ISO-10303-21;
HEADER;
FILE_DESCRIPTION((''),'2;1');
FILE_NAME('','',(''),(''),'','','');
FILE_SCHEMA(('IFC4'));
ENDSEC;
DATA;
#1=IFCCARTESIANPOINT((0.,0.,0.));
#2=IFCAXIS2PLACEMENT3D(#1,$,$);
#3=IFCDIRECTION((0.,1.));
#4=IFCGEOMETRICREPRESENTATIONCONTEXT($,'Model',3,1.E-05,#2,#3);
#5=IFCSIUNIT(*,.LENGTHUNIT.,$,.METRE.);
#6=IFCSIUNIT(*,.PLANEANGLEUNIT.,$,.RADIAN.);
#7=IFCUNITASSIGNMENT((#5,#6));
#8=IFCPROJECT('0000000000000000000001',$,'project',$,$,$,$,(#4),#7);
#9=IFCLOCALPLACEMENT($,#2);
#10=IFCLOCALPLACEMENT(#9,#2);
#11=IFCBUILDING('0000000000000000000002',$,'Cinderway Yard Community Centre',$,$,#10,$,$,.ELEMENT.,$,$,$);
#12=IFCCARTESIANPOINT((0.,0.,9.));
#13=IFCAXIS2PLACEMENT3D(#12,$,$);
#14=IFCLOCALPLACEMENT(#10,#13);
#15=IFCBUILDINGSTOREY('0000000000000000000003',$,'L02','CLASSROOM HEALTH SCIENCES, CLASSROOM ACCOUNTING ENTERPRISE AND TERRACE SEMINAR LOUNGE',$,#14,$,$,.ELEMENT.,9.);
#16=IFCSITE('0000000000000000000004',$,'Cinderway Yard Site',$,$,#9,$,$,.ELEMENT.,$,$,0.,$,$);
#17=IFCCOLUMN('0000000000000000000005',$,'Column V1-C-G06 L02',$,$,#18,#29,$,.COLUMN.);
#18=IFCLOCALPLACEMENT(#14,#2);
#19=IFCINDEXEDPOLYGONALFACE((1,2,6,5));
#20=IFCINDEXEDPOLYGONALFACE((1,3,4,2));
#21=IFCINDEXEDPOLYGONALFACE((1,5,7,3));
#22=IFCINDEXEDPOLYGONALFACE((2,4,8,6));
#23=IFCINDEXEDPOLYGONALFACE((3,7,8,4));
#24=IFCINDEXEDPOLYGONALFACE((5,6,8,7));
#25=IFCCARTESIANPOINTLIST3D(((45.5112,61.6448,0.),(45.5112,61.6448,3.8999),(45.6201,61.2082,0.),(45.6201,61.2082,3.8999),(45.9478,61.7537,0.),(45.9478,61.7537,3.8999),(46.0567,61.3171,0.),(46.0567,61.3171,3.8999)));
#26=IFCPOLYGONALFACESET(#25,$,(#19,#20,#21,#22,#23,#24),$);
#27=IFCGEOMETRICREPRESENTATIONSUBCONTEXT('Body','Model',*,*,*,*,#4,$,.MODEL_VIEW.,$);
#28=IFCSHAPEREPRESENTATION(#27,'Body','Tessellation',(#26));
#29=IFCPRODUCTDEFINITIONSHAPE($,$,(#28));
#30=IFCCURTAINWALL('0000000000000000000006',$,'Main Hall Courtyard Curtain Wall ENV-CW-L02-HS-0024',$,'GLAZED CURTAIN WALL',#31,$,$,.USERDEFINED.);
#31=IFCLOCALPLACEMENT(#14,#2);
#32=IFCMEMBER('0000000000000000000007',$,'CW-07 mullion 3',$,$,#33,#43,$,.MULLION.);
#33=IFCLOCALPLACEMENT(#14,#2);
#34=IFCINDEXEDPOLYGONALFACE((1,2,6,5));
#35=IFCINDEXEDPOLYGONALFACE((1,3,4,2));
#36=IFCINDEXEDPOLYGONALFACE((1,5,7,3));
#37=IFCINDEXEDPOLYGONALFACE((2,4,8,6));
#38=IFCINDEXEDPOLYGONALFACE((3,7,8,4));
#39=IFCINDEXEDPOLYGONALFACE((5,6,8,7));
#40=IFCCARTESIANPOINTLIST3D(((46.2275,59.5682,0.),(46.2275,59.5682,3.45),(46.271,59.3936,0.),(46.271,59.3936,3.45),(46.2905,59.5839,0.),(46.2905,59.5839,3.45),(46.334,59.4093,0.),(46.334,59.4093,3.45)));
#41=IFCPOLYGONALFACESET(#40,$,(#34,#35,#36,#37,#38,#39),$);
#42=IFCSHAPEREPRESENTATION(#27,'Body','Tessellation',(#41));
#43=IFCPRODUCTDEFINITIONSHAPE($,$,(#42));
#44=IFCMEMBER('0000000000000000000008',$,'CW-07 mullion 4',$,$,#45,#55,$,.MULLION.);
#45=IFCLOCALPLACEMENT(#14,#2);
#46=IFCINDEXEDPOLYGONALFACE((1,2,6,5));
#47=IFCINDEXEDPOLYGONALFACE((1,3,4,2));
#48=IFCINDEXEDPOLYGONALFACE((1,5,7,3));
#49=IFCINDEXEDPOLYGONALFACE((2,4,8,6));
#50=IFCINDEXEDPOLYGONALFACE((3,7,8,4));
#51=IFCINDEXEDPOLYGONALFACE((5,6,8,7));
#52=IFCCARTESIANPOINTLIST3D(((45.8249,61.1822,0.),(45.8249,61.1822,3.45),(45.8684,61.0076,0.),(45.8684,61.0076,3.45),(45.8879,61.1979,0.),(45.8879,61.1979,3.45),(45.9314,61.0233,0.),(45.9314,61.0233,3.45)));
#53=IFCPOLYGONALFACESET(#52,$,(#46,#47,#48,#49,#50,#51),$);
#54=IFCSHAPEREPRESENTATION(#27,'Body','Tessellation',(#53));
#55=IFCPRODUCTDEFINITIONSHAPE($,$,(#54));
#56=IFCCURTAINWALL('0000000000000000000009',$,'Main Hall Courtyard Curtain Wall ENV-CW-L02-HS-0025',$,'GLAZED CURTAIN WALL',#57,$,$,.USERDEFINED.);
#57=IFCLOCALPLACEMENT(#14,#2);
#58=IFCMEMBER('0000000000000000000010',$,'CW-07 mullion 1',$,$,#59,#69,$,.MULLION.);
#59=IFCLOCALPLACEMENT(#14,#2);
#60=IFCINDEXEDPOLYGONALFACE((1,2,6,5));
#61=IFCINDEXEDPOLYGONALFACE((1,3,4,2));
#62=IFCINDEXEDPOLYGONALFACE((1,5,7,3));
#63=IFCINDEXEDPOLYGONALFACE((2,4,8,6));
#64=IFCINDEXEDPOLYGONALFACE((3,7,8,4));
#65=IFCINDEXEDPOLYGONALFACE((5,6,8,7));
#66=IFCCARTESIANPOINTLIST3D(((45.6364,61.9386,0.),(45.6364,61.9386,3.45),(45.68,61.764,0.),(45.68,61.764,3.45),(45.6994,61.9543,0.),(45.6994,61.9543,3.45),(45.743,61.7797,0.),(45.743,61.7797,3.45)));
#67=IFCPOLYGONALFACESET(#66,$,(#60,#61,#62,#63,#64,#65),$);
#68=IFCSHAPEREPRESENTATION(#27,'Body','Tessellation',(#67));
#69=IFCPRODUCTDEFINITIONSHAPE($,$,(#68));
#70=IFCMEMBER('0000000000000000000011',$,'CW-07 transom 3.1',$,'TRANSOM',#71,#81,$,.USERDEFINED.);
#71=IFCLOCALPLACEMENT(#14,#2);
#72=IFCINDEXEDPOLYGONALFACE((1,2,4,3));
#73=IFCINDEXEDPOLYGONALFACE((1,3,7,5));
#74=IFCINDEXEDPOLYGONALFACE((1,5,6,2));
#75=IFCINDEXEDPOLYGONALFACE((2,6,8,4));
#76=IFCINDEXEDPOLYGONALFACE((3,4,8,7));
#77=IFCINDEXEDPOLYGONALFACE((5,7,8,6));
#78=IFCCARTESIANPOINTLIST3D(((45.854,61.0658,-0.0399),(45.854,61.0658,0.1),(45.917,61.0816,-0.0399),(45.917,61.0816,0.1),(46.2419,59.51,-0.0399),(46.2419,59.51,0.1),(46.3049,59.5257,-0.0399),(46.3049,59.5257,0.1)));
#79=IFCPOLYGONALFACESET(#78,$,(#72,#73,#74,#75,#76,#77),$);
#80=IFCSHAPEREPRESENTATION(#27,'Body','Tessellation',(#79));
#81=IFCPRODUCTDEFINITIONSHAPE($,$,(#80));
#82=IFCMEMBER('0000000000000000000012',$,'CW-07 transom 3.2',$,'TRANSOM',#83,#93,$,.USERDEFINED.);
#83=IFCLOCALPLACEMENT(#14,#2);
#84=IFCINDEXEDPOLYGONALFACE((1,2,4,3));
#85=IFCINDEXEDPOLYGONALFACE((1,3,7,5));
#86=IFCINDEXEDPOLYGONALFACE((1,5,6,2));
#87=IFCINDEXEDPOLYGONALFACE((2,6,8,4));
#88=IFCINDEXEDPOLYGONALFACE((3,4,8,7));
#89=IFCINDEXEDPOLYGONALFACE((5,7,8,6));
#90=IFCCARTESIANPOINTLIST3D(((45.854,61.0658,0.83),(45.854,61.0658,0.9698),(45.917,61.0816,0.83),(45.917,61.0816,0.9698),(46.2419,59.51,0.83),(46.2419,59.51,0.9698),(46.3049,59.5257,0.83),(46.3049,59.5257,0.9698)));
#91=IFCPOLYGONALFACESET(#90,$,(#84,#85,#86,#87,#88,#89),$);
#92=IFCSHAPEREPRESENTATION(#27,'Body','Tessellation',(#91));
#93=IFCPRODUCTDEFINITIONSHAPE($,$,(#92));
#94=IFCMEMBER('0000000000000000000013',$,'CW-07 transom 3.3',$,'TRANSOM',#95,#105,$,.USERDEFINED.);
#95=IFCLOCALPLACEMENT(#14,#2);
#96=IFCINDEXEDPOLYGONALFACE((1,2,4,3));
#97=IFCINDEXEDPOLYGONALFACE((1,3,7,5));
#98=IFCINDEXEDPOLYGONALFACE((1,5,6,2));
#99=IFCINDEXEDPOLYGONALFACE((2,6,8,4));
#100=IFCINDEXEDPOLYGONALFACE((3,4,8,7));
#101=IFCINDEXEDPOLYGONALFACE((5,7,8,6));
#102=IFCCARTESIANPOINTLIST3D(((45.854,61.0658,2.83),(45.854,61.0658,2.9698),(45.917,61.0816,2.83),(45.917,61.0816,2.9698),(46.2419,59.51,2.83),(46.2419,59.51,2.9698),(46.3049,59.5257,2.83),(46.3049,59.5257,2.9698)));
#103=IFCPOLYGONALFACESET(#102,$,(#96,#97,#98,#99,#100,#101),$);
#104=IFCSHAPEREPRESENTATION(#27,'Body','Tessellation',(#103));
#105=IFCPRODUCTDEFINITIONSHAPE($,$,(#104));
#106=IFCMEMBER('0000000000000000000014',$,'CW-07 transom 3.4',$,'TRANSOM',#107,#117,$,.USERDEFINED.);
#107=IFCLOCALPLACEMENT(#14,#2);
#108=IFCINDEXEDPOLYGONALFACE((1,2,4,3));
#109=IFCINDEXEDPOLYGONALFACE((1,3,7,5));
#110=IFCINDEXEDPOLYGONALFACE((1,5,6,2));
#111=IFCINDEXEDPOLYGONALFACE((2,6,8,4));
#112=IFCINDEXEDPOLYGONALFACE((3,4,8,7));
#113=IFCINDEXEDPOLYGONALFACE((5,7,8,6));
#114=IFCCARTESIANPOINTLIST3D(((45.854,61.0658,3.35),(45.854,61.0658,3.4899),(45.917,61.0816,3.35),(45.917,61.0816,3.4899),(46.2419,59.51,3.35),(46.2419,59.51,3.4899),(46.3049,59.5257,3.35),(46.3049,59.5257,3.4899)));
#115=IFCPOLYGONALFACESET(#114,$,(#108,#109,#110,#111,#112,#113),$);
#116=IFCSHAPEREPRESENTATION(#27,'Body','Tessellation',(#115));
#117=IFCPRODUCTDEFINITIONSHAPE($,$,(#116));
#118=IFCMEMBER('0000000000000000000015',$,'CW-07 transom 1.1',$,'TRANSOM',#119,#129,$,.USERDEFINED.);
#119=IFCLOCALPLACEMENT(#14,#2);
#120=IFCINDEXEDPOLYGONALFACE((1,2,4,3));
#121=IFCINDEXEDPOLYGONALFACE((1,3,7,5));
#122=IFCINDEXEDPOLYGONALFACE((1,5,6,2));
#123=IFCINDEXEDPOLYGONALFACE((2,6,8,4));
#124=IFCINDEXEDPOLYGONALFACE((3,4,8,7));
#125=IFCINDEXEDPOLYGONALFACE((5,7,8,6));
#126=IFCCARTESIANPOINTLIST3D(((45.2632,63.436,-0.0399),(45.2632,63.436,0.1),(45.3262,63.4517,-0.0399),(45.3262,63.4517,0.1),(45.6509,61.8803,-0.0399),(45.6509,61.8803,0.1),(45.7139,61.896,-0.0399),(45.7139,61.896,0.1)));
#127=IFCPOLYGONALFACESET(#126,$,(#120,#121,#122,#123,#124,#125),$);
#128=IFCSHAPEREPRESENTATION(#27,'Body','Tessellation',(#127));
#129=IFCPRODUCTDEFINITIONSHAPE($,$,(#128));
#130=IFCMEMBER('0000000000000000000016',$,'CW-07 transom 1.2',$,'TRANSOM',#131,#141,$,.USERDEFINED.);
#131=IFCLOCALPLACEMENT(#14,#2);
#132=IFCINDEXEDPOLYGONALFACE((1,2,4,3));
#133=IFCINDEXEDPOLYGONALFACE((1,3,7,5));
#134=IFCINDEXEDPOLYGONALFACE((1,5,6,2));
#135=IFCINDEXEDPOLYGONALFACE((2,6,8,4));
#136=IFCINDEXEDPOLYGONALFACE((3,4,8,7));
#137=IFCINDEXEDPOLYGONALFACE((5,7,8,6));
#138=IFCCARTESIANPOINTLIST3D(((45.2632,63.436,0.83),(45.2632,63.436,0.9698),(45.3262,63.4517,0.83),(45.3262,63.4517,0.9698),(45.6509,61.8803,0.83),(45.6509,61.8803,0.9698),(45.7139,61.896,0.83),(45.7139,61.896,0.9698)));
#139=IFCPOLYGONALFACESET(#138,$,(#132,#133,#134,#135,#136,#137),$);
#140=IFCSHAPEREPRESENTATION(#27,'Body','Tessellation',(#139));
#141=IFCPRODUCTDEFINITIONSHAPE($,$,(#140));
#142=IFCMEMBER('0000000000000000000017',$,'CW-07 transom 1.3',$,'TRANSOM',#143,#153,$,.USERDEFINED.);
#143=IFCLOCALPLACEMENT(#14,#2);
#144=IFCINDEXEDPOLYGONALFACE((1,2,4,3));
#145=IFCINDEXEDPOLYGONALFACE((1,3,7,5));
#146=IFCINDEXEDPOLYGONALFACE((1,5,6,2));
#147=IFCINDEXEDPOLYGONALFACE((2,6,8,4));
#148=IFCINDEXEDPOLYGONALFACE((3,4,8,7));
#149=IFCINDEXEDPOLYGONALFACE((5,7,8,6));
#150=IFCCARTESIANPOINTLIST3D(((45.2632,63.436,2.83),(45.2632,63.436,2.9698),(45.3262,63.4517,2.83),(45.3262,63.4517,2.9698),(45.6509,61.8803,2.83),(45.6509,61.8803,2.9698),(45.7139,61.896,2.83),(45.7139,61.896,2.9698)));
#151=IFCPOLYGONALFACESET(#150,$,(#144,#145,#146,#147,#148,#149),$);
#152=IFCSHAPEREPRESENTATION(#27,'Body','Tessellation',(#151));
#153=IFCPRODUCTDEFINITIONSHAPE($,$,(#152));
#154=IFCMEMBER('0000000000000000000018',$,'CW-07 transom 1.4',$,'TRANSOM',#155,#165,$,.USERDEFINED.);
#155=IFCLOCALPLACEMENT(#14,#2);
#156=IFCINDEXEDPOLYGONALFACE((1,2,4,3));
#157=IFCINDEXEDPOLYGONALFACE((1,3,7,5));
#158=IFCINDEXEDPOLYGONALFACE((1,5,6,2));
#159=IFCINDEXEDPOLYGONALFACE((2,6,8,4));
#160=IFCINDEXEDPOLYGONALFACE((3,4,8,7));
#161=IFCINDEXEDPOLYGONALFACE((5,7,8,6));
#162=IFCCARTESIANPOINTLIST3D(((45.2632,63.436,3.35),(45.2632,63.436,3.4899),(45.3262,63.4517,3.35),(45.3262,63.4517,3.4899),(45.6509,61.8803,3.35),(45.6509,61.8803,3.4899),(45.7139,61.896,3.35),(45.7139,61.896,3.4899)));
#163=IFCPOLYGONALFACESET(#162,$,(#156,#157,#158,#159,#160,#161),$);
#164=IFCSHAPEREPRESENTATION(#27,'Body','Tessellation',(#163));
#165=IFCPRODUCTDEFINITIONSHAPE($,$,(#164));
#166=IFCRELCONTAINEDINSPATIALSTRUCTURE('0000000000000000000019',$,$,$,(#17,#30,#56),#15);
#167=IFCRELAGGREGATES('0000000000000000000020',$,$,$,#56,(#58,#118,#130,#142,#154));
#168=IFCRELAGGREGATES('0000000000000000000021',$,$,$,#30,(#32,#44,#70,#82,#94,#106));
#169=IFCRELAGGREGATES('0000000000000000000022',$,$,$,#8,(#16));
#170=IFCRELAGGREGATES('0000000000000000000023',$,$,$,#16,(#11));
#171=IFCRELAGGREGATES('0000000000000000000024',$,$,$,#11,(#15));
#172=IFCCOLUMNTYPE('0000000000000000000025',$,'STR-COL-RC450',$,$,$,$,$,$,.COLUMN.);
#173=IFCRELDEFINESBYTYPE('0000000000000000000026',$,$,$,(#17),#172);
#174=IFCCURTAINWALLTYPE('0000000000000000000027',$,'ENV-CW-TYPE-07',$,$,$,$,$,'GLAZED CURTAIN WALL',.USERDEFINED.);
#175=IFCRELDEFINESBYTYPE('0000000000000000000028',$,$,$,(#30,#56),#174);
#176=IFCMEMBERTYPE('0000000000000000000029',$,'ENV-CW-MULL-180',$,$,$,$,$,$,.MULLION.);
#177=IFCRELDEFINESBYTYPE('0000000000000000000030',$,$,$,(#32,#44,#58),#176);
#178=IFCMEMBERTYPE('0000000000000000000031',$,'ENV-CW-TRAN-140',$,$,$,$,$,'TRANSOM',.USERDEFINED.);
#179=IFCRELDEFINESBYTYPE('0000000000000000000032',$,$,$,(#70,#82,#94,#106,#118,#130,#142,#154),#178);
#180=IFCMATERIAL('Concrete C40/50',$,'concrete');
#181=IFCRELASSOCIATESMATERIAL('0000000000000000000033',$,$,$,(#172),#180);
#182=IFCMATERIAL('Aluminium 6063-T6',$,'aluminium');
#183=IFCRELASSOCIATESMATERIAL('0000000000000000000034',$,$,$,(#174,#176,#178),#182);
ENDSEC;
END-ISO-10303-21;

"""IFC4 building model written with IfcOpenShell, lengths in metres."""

from ifc_helpers import new_model, si_unit, direction, frame, origin, origin_2d, place, context, subcontext, project, spatial, rectangle, extrude, material, material_profile, profile_set, type_object, element, aggregate, save


model = new_model("IFC4")

# Units and contexts
model_context = context("Model", 3, precision=1e-05, world=origin(), true_north=direction((0.0, 1.0)))
body_context = subcontext(model_context, "Body", "Model", "MODEL_VIEW")
ifc_project = project(units=[si_unit("LENGTHUNIT", "METRE"), si_unit("PLANEANGLEUNIT", "RADIAN")], contexts=[model_context])

# Site, building, storey
site_placement = place(None, origin())
site = spatial("IfcSite", under=ifc_project, at=site_placement, Name="Cinderway Yard Site", CompositionType="ELEMENT", RefElevation=0.0)
building_placement = place(site_placement, origin())
building = spatial("IfcBuilding", under=site, at=building_placement, Name="Cinderway Yard Community Centre", CompositionType="ELEMENT")
storey_placement = place(building_placement, frame((0.0, 0.0, 9.0)))
storey = spatial("IfcBuildingStorey", under=building, at=storey_placement, Name="L02", Description="CLASSROOM HEALTH SCIENCES, CLASSROOM ACCOUNTING ENTERPRISE AND TERRACE SEMINAR LOUNGE", CompositionType="ELEMENT", Elevation=9.0)

# Column
ifc_material_1 = material(Name="Concrete C40/50", Category="concrete")
ifc_material_profile_1 = material_profile(ifc_material_1, rectangle(XDim=0.45, YDim=0.45, at=origin_2d()), Name="Concrete C40/50")
ifc_profile_set_1 = profile_set([ifc_material_profile_1], Name="Concrete C40/50")
column_type = type_object("IfcColumnType", Name="STR-COL-RC450", PredefinedType="COLUMN", material=ifc_profile_set_1)
column_placement = place(storey_placement, frame((45.7839, 61.481, 0.0), z_axis=(0.0, 0.0, 1.0), x_axis=(0.970296, 0.241922, 0.0)))
element("IfcColumn", 1, at=column_placement, inside=storey, type_object=column_type, Name="Column V1-C-G06 L02", PredefinedType="COLUMN", context=body_context, shape_type="SweptSolid", body=[
    extrude(rectangle(XDim=0.45, YDim=0.45, at=origin_2d()), origin(), (0.0, 0.0, 1.0), 3.8999),
])

# Curtain wall, members
ifc_material_2 = material(Name="Aluminium 6063-T6", Category="aluminium")
curtain_wall_type = type_object("IfcCurtainWallType", Name="ENV-CW-TYPE-07", ElementType="GLAZED CURTAIN WALL", PredefinedType="USERDEFINED", material=ifc_material_2)
curtain_wall_1_placement = place(storey_placement, origin())
curtain_wall_1 = element("IfcCurtainWall", 2, at=curtain_wall_1_placement, inside=storey, type_object=curtain_wall_type, Name="Main Hall Courtyard Curtain Wall ENV-CW-L02-HS-0024", ObjectType="GLAZED CURTAIN WALL", PredefinedType="USERDEFINED")
ifc_material_profile_2 = material_profile(ifc_material_2, rectangle(XDim=0.0649, YDim=0.1799, at=origin_2d()), Name="Aluminium 6063-T6")
ifc_profile_set_2 = profile_set([ifc_material_profile_2], Name="Aluminium 6063-T6")
member_type_1 = type_object("IfcMemberType", Name="ENV-CW-MULL-180", PredefinedType="MULLION", material=ifc_profile_set_2)
member_1_placement = place(storey_placement, frame((46.2808, 59.4888, 0.0), z_axis=(0.0, 0.0, 1.0), x_axis=(-0.970304, -0.241887, 0.0)))
member_1 = element("IfcMember", 3, at=member_1_placement, type_object=member_type_1, Name="CW-07 mullion 3", PredefinedType="MULLION", context=body_context, shape_type="SweptSolid", body=[
    extrude(rectangle(XDim=0.0649, YDim=0.1799, at=origin_2d()), origin(), (0.0, 0.0, 1.0), 3.45),
])
member_2_placement = place(storey_placement, frame((45.8782, 61.1028, 0.0), z_axis=(0.0, 0.0, 1.0), x_axis=(-0.970304, -0.241887, 0.0)))
member_2 = element("IfcMember", 4, at=member_2_placement, type_object=member_type_1, Name="CW-07 mullion 4", PredefinedType="MULLION", context=body_context, shape_type="SweptSolid", body=[
    extrude(rectangle(XDim=0.0649, YDim=0.1799, at=origin_2d()), origin(), (0.0, 0.0, 1.0), 3.45),
])

# Curtain wall, member
curtain_wall_2_placement = place(storey_placement, origin())
curtain_wall_2 = element("IfcCurtainWall", 5, at=curtain_wall_2_placement, inside=storey, type_object=curtain_wall_type, Name="Main Hall Courtyard Curtain Wall ENV-CW-L02-HS-0025", ObjectType="GLAZED CURTAIN WALL", PredefinedType="USERDEFINED")
member_3_placement = place(storey_placement, frame((45.6897, 61.8591, 0.0), z_axis=(0.0, 0.0, 1.0), x_axis=(-0.970293, -0.241933, 0.0)))
member_3 = element("IfcMember", 6, at=member_3_placement, type_object=member_type_1, Name="CW-07 mullion 1", PredefinedType="MULLION", context=body_context, shape_type="SweptSolid", body=[
    extrude(rectangle(XDim=0.0649, YDim=0.1799, at=origin_2d()), origin(), (0.0, 0.0, 1.0), 3.45),
])

# Members
ifc_material_profile_3 = material_profile(ifc_material_2, rectangle(XDim=0.0649, YDim=0.1399, at=origin_2d()), Name="Aluminium 6063-T6")
ifc_profile_set_3 = profile_set([ifc_material_profile_3], Name="Aluminium 6063-T6")
member_type_2 = type_object("IfcMemberType", Name="ENV-CW-TRAN-140", ElementType="TRANSOM", PredefinedType="USERDEFINED", material=ifc_profile_set_3)
member_4_placement = place(storey_placement, frame((46.2734, 59.5178, 0.03), z_axis=(-0.241927, 0.970295, 0.0), x_axis=(-0.970295, -0.241927, 0.0)))
member_4 = element("IfcMember", 7, at=member_4_placement, type_object=member_type_2, Name="CW-07 transom 3.1", ObjectType="TRANSOM", PredefinedType="USERDEFINED", context=body_context, shape_type="SweptSolid", body=[
    extrude(rectangle(XDim=0.0649, YDim=0.1399, at=origin_2d()), origin(), (0.0, 0.0, 1.0), 1.6035),
])
member_5_placement = place(storey_placement, frame((46.2734, 59.5178, 0.8999), z_axis=(-0.241927, 0.970295, 0.0), x_axis=(-0.970295, -0.241927, 0.0)))
member_5 = element("IfcMember", 8, at=member_5_placement, type_object=member_type_2, Name="CW-07 transom 3.2", ObjectType="TRANSOM", PredefinedType="USERDEFINED", context=body_context, shape_type="SweptSolid", body=[
    extrude(rectangle(XDim=0.0649, YDim=0.1399, at=origin_2d()), origin(), (0.0, 0.0, 1.0), 1.6035),
])
member_6_placement = place(storey_placement, frame((46.2734, 59.5178, 2.8999), z_axis=(-0.241927, 0.970295, 0.0), x_axis=(-0.970295, -0.241927, 0.0)))
member_6 = element("IfcMember", 9, at=member_6_placement, type_object=member_type_2, Name="CW-07 transom 3.3", ObjectType="TRANSOM", PredefinedType="USERDEFINED", context=body_context, shape_type="SweptSolid", body=[
    extrude(rectangle(XDim=0.0649, YDim=0.1399, at=origin_2d()), origin(), (0.0, 0.0, 1.0), 1.6035),
])
member_7_placement = place(storey_placement, frame((46.2734, 59.5178, 3.4199), z_axis=(-0.241927, 0.970295, 0.0), x_axis=(-0.970295, -0.241927, 0.0)))
member_7 = element("IfcMember", 10, at=member_7_placement, type_object=member_type_2, Name="CW-07 transom 3.4", ObjectType="TRANSOM", PredefinedType="USERDEFINED", context=body_context, shape_type="SweptSolid", body=[
    extrude(rectangle(XDim=0.0649, YDim=0.1399, at=origin_2d()), origin(), (0.0, 0.0, 1.0), 1.6035),
])
member_8_placement = place(storey_placement, frame((45.6824, 61.8882, 0.03), z_axis=(-0.241819, 0.970321, 0.0), x_axis=(-0.970321, -0.241819, 0.0)))
member_8 = element("IfcMember", 11, at=member_8_placement, type_object=member_type_2, Name="CW-07 transom 1.1", ObjectType="TRANSOM", PredefinedType="USERDEFINED", context=body_context, shape_type="SweptSolid", body=[
    extrude(rectangle(XDim=0.0649, YDim=0.1399, at=origin_2d()), origin(), (0.0, 0.0, 1.0), 1.6033),
])
member_9_placement = place(storey_placement, frame((45.6824, 61.8882, 0.8999), z_axis=(-0.241819, 0.970321, 0.0), x_axis=(-0.970321, -0.241819, 0.0)))
member_9 = element("IfcMember", 12, at=member_9_placement, type_object=member_type_2, Name="CW-07 transom 1.2", ObjectType="TRANSOM", PredefinedType="USERDEFINED", context=body_context, shape_type="SweptSolid", body=[
    extrude(rectangle(XDim=0.0649, YDim=0.1399, at=origin_2d()), origin(), (0.0, 0.0, 1.0), 1.6033),
])
member_10_placement = place(storey_placement, frame((45.6824, 61.8882, 2.8999), z_axis=(-0.241819, 0.970321, 0.0), x_axis=(-0.970321, -0.241819, 0.0)))
member_10 = element("IfcMember", 13, at=member_10_placement, type_object=member_type_2, Name="CW-07 transom 1.3", ObjectType="TRANSOM", PredefinedType="USERDEFINED", context=body_context, shape_type="SweptSolid", body=[
    extrude(rectangle(XDim=0.0649, YDim=0.1399, at=origin_2d()), origin(), (0.0, 0.0, 1.0), 1.6033),
])
member_11_placement = place(storey_placement, frame((45.6824, 61.8882, 3.4199), z_axis=(-0.241819, 0.970321, 0.0), x_axis=(-0.970321, -0.241819, 0.0)))
member_11 = element("IfcMember", 14, at=member_11_placement, type_object=member_type_2, Name="CW-07 transom 1.4", ObjectType="TRANSOM", PredefinedType="USERDEFINED", context=body_context, shape_type="SweptSolid", body=[
    extrude(rectangle(XDim=0.0649, YDim=0.1399, at=origin_2d()), origin(), (0.0, 0.0, 1.0), 1.6033),
])
aggregate(curtain_wall_2, [member_3, member_8, member_9, member_10, member_11])

aggregate(curtain_wall_1, [member_1, member_2, member_4, member_5, member_6, member_7])

save(model, "model.ifc")
